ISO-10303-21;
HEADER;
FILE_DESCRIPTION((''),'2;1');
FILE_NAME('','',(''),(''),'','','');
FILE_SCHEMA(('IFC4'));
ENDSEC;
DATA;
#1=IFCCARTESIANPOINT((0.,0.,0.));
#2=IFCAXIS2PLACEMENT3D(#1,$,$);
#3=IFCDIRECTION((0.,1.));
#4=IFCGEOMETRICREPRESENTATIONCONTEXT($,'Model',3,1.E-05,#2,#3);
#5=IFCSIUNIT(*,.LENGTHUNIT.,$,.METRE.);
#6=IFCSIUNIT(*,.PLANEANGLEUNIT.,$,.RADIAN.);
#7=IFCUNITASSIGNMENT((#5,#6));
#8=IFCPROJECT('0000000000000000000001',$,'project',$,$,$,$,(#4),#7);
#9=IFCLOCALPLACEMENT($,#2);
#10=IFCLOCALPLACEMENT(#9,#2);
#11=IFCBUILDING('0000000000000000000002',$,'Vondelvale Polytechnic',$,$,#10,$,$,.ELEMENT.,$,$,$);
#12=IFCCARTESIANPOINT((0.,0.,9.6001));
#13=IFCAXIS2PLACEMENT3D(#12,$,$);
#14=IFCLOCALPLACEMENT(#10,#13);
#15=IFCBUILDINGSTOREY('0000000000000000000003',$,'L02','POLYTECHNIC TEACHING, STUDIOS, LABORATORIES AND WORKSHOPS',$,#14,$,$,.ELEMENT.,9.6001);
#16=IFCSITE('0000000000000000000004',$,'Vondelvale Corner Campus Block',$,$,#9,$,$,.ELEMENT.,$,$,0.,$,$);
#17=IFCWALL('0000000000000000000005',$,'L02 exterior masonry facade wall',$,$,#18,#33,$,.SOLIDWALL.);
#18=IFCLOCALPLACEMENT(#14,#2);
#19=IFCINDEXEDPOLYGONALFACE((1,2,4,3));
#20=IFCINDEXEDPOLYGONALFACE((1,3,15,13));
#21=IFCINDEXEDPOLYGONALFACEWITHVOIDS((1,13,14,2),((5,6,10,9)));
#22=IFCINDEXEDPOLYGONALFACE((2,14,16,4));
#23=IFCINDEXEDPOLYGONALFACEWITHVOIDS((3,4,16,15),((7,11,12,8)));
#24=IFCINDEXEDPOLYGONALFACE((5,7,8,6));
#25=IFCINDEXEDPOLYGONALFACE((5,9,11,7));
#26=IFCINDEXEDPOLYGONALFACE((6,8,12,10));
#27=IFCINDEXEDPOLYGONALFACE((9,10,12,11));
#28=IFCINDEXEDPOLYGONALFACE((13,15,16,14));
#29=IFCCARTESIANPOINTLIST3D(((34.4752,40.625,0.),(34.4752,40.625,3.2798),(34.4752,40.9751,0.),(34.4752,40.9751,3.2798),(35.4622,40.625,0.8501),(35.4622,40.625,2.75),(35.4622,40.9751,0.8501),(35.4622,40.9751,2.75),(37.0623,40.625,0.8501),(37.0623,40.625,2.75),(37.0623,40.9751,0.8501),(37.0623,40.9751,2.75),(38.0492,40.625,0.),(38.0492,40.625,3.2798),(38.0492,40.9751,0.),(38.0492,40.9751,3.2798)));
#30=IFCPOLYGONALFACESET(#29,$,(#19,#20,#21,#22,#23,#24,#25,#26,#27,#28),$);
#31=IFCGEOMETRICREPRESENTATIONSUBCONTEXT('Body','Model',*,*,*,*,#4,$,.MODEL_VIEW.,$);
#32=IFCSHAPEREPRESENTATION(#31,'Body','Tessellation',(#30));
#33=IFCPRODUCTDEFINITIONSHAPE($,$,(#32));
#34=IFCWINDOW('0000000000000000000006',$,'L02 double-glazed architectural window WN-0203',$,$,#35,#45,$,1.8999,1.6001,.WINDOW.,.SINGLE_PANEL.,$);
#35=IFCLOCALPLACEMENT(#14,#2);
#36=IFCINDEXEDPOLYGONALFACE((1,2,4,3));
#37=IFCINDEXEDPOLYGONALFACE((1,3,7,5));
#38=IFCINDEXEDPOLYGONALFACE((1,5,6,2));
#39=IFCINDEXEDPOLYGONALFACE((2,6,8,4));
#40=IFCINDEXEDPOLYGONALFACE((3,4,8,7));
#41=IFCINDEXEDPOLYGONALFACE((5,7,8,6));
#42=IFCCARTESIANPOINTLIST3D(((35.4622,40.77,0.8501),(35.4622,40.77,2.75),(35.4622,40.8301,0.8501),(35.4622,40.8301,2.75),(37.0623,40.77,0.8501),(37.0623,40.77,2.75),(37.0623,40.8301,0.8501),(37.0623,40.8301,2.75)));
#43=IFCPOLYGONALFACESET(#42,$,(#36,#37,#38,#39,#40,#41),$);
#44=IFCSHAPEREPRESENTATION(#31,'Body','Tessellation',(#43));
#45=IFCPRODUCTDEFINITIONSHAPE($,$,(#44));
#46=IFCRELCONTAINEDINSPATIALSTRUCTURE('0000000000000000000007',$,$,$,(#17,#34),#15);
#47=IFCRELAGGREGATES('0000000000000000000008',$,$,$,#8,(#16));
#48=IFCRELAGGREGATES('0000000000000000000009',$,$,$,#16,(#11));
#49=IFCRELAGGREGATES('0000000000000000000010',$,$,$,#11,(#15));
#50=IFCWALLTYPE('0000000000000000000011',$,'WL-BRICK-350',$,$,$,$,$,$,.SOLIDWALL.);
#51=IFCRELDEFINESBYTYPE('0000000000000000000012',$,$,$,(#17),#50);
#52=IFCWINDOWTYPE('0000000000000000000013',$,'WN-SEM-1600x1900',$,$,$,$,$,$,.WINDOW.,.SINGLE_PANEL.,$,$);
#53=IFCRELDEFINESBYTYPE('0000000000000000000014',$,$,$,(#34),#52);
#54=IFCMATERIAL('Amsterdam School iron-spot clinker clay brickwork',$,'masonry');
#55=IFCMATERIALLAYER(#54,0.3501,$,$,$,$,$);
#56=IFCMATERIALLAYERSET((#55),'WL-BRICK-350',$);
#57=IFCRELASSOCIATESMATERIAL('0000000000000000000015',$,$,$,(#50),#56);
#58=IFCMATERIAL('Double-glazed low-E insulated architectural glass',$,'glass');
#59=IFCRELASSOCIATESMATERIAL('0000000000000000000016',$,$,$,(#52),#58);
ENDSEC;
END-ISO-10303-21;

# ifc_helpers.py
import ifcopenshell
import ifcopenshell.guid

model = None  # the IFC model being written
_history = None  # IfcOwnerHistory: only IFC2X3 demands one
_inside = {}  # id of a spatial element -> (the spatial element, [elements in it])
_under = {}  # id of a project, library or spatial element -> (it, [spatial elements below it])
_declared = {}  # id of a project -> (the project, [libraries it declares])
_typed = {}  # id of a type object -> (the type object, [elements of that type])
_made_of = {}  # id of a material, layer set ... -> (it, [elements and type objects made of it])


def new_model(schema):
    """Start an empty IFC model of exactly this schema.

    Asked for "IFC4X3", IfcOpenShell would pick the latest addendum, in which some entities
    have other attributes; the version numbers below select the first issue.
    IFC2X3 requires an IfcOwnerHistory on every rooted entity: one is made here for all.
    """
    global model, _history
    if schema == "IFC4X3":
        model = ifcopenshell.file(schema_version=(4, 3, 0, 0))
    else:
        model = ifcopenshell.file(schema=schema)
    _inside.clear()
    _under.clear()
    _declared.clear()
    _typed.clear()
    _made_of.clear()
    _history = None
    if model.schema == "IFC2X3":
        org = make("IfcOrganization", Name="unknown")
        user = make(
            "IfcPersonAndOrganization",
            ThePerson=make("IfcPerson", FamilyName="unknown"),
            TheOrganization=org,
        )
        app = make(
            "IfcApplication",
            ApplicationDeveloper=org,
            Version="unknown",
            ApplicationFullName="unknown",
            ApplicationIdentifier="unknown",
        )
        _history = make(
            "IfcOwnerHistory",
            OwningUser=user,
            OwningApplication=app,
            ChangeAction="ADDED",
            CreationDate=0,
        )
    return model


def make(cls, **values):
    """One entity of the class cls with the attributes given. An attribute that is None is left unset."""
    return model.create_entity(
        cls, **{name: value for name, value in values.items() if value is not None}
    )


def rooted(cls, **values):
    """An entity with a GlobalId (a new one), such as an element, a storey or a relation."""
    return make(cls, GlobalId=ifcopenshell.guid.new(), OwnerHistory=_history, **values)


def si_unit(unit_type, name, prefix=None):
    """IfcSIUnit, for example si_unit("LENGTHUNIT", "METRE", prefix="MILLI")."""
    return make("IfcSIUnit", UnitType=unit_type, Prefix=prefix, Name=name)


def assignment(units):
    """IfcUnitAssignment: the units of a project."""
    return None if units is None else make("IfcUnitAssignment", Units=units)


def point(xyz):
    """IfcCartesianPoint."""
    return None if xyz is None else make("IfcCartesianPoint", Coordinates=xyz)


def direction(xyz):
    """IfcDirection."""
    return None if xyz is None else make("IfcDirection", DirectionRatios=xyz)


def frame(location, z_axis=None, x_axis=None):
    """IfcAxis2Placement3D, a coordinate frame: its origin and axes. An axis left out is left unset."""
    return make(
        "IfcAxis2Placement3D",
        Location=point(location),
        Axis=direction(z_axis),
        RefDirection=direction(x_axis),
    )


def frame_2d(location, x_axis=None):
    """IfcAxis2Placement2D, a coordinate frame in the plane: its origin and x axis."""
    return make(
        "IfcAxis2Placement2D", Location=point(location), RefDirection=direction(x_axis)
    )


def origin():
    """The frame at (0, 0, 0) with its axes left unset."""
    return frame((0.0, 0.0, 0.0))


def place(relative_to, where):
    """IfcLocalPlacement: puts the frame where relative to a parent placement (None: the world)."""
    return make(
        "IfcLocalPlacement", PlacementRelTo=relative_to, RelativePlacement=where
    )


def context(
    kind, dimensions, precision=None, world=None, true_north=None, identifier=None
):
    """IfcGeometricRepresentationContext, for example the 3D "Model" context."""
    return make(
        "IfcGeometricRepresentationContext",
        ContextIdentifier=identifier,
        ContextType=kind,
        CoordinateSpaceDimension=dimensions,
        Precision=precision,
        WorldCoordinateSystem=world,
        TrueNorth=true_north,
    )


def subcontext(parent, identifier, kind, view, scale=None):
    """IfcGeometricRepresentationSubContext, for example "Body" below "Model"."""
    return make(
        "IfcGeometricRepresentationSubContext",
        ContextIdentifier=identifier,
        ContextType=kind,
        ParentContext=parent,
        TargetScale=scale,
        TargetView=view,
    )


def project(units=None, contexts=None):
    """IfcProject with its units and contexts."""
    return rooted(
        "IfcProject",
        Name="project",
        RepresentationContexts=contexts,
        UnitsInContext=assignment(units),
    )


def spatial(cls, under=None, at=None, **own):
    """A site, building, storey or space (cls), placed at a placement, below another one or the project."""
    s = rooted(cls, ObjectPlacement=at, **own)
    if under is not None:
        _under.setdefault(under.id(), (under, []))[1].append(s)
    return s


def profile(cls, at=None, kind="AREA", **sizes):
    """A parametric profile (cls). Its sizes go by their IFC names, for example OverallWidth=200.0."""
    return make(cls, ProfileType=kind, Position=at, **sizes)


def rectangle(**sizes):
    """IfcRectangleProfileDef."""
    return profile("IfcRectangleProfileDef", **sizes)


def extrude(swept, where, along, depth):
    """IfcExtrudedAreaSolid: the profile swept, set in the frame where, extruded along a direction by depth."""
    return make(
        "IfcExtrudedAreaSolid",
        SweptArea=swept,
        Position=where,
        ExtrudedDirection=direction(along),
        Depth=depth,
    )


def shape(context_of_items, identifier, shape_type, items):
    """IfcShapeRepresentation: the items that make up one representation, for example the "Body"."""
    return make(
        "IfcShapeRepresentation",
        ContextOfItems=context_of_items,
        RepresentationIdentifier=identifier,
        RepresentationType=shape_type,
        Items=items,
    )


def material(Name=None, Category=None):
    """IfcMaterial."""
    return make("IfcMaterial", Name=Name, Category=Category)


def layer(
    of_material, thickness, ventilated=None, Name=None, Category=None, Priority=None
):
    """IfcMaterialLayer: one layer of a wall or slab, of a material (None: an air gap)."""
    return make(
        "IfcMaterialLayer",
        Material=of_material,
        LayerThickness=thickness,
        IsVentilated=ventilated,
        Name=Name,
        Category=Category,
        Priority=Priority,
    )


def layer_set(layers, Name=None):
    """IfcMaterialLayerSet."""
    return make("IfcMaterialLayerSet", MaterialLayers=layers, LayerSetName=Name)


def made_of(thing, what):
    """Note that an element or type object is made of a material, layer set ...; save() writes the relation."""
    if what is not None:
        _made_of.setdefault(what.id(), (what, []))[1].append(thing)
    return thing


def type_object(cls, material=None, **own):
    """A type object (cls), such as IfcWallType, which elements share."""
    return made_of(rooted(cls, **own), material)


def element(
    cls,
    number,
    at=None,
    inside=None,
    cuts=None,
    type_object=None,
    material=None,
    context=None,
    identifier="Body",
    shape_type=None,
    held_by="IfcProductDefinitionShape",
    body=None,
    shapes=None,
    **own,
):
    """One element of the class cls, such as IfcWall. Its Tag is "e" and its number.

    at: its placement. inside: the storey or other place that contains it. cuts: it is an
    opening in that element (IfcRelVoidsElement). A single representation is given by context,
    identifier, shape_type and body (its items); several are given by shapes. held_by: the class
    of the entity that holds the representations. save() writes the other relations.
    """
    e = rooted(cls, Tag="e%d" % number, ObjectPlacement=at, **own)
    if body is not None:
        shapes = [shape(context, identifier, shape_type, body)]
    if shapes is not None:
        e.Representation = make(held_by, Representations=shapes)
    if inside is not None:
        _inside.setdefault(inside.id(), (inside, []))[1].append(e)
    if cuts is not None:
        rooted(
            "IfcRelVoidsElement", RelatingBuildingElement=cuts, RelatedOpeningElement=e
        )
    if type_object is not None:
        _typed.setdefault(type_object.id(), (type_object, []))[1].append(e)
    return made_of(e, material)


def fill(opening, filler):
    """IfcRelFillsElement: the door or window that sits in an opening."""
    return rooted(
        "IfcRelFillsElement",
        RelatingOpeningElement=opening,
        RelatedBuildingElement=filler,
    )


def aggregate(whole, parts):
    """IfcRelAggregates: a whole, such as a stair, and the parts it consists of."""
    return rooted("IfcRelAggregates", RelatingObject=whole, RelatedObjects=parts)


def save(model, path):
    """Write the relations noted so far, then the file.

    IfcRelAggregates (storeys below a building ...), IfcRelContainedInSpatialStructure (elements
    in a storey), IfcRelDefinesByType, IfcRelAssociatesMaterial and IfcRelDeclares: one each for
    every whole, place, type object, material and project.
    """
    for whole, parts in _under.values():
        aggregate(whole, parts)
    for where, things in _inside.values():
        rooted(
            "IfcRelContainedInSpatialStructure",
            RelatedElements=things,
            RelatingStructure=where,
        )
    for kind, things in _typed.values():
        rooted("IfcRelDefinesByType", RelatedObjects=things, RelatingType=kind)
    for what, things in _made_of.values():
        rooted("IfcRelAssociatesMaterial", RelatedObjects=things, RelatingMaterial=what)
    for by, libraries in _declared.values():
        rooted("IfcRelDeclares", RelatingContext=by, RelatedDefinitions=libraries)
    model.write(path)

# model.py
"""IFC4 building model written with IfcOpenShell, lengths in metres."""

from ifc_helpers import new_model, si_unit, direction, frame, frame_2d, origin, place, context, subcontext, project, spatial, rectangle, extrude, material, layer, layer_set, type_object, element, fill, save


model = new_model("IFC4")

# Units and contexts
model_context = context("Model", 3, precision=1e-05, world=origin(), true_north=direction((0.0, 1.0)))
body_context = subcontext(model_context, "Body", "Model", "MODEL_VIEW")
ifc_project = project(units=[si_unit("LENGTHUNIT", "METRE"), si_unit("PLANEANGLEUNIT", "RADIAN")], contexts=[model_context])

# Site, building, storey
site_placement = place(None, origin())
site = spatial("IfcSite", under=ifc_project, at=site_placement, Name="Vondelvale Corner Campus Block", CompositionType="ELEMENT", RefElevation=0.0)
building_placement = place(site_placement, origin())
building = spatial("IfcBuilding", under=site, at=building_placement, Name="Vondelvale Polytechnic", CompositionType="ELEMENT")
storey_placement = place(building_placement, frame((0.0, 0.0, 9.6001)))
storey = spatial("IfcBuildingStorey", under=building, at=storey_placement, Name="L02", Description="POLYTECHNIC TEACHING, STUDIOS, LABORATORIES AND WORKSHOPS", CompositionType="ELEMENT", Elevation=9.6001)

# Shared definitions
ifc_material_1 = material(Name="Double-glazed low-E insulated architectural glass", Category="glass")

# Wall, opening, window
ifc_material_2 = material(Name="Amsterdam School iron-spot clinker clay brickwork", Category="masonry")
ifc_layer_1 = layer(ifc_material_2, 0.3501)
ifc_layer_set_1 = layer_set([ifc_layer_1], Name="WL-BRICK-350")
wall_type = type_object("IfcWallType", Name="WL-BRICK-350", PredefinedType="SOLIDWALL", material=ifc_layer_set_1)
wall_1_placement = place(storey_placement, frame((34.4751, 40.8, 0.0), z_axis=(0.0, 0.0, 1.0), x_axis=(1.0, 0.0, 0.0)))
wall_1 = element("IfcWall", 1, at=wall_1_placement, inside=storey, type_object=wall_type, Name="L02 exterior masonry facade wall", PredefinedType="SOLIDWALL", context=body_context, shape_type="SweptSolid", body=[
    extrude(rectangle(XDim=3.574, YDim=0.3501, at=frame_2d((1.7871, 0.0))), origin(), (0.0, 0.0, 1.0), 3.2798),
])
opening_1_placement = place(wall_1_placement, frame((0.9871, 0.0, 0.8501)))
opening_1 = element("IfcOpeningElement", 2, at=opening_1_placement, cuts=wall_1, PredefinedType="OPENING", context=body_context, shape_type="SweptSolid", body=[
    extrude(rectangle(XDim=1.6001, YDim=1.8999, at=frame_2d((0.8, 0.95))), frame((0.0, 0.1851, 0.0), z_axis=(0.0, -1.0, 0.0), x_axis=(1.0, 0.0, 0.0)), (0.0, 0.0, 1.0), 0.3701),
])
window_type_1 = type_object("IfcWindowType", Name="WN-SEM-1600x1900", PartitioningType="SINGLE_PANEL", PredefinedType="WINDOW", material=ifc_material_1)
window_1_placement = place(opening_1_placement, origin())
window_1 = element("IfcWindow", 3, at=window_1_placement, inside=storey, type_object=window_type_1, Name="L02 double-glazed architectural window WN-0203", OverallHeight=1.8999, OverallWidth=1.6001, PartitioningType="SINGLE_PANEL", PredefinedType="WINDOW", context=body_context, shape_type="SweptSolid", body=[
    extrude(rectangle(XDim=1.6001, YDim=1.8999, at=frame_2d((0.8, 0.95))), frame((0.0, 0.03, 0.0), z_axis=(0.0, -1.0, 0.0), x_axis=(1.0, 0.0, 0.0)), (0.0, 0.0, 1.0), 0.0601),
])
fill(opening_1, window_1)

save(model, "model.ifc")
